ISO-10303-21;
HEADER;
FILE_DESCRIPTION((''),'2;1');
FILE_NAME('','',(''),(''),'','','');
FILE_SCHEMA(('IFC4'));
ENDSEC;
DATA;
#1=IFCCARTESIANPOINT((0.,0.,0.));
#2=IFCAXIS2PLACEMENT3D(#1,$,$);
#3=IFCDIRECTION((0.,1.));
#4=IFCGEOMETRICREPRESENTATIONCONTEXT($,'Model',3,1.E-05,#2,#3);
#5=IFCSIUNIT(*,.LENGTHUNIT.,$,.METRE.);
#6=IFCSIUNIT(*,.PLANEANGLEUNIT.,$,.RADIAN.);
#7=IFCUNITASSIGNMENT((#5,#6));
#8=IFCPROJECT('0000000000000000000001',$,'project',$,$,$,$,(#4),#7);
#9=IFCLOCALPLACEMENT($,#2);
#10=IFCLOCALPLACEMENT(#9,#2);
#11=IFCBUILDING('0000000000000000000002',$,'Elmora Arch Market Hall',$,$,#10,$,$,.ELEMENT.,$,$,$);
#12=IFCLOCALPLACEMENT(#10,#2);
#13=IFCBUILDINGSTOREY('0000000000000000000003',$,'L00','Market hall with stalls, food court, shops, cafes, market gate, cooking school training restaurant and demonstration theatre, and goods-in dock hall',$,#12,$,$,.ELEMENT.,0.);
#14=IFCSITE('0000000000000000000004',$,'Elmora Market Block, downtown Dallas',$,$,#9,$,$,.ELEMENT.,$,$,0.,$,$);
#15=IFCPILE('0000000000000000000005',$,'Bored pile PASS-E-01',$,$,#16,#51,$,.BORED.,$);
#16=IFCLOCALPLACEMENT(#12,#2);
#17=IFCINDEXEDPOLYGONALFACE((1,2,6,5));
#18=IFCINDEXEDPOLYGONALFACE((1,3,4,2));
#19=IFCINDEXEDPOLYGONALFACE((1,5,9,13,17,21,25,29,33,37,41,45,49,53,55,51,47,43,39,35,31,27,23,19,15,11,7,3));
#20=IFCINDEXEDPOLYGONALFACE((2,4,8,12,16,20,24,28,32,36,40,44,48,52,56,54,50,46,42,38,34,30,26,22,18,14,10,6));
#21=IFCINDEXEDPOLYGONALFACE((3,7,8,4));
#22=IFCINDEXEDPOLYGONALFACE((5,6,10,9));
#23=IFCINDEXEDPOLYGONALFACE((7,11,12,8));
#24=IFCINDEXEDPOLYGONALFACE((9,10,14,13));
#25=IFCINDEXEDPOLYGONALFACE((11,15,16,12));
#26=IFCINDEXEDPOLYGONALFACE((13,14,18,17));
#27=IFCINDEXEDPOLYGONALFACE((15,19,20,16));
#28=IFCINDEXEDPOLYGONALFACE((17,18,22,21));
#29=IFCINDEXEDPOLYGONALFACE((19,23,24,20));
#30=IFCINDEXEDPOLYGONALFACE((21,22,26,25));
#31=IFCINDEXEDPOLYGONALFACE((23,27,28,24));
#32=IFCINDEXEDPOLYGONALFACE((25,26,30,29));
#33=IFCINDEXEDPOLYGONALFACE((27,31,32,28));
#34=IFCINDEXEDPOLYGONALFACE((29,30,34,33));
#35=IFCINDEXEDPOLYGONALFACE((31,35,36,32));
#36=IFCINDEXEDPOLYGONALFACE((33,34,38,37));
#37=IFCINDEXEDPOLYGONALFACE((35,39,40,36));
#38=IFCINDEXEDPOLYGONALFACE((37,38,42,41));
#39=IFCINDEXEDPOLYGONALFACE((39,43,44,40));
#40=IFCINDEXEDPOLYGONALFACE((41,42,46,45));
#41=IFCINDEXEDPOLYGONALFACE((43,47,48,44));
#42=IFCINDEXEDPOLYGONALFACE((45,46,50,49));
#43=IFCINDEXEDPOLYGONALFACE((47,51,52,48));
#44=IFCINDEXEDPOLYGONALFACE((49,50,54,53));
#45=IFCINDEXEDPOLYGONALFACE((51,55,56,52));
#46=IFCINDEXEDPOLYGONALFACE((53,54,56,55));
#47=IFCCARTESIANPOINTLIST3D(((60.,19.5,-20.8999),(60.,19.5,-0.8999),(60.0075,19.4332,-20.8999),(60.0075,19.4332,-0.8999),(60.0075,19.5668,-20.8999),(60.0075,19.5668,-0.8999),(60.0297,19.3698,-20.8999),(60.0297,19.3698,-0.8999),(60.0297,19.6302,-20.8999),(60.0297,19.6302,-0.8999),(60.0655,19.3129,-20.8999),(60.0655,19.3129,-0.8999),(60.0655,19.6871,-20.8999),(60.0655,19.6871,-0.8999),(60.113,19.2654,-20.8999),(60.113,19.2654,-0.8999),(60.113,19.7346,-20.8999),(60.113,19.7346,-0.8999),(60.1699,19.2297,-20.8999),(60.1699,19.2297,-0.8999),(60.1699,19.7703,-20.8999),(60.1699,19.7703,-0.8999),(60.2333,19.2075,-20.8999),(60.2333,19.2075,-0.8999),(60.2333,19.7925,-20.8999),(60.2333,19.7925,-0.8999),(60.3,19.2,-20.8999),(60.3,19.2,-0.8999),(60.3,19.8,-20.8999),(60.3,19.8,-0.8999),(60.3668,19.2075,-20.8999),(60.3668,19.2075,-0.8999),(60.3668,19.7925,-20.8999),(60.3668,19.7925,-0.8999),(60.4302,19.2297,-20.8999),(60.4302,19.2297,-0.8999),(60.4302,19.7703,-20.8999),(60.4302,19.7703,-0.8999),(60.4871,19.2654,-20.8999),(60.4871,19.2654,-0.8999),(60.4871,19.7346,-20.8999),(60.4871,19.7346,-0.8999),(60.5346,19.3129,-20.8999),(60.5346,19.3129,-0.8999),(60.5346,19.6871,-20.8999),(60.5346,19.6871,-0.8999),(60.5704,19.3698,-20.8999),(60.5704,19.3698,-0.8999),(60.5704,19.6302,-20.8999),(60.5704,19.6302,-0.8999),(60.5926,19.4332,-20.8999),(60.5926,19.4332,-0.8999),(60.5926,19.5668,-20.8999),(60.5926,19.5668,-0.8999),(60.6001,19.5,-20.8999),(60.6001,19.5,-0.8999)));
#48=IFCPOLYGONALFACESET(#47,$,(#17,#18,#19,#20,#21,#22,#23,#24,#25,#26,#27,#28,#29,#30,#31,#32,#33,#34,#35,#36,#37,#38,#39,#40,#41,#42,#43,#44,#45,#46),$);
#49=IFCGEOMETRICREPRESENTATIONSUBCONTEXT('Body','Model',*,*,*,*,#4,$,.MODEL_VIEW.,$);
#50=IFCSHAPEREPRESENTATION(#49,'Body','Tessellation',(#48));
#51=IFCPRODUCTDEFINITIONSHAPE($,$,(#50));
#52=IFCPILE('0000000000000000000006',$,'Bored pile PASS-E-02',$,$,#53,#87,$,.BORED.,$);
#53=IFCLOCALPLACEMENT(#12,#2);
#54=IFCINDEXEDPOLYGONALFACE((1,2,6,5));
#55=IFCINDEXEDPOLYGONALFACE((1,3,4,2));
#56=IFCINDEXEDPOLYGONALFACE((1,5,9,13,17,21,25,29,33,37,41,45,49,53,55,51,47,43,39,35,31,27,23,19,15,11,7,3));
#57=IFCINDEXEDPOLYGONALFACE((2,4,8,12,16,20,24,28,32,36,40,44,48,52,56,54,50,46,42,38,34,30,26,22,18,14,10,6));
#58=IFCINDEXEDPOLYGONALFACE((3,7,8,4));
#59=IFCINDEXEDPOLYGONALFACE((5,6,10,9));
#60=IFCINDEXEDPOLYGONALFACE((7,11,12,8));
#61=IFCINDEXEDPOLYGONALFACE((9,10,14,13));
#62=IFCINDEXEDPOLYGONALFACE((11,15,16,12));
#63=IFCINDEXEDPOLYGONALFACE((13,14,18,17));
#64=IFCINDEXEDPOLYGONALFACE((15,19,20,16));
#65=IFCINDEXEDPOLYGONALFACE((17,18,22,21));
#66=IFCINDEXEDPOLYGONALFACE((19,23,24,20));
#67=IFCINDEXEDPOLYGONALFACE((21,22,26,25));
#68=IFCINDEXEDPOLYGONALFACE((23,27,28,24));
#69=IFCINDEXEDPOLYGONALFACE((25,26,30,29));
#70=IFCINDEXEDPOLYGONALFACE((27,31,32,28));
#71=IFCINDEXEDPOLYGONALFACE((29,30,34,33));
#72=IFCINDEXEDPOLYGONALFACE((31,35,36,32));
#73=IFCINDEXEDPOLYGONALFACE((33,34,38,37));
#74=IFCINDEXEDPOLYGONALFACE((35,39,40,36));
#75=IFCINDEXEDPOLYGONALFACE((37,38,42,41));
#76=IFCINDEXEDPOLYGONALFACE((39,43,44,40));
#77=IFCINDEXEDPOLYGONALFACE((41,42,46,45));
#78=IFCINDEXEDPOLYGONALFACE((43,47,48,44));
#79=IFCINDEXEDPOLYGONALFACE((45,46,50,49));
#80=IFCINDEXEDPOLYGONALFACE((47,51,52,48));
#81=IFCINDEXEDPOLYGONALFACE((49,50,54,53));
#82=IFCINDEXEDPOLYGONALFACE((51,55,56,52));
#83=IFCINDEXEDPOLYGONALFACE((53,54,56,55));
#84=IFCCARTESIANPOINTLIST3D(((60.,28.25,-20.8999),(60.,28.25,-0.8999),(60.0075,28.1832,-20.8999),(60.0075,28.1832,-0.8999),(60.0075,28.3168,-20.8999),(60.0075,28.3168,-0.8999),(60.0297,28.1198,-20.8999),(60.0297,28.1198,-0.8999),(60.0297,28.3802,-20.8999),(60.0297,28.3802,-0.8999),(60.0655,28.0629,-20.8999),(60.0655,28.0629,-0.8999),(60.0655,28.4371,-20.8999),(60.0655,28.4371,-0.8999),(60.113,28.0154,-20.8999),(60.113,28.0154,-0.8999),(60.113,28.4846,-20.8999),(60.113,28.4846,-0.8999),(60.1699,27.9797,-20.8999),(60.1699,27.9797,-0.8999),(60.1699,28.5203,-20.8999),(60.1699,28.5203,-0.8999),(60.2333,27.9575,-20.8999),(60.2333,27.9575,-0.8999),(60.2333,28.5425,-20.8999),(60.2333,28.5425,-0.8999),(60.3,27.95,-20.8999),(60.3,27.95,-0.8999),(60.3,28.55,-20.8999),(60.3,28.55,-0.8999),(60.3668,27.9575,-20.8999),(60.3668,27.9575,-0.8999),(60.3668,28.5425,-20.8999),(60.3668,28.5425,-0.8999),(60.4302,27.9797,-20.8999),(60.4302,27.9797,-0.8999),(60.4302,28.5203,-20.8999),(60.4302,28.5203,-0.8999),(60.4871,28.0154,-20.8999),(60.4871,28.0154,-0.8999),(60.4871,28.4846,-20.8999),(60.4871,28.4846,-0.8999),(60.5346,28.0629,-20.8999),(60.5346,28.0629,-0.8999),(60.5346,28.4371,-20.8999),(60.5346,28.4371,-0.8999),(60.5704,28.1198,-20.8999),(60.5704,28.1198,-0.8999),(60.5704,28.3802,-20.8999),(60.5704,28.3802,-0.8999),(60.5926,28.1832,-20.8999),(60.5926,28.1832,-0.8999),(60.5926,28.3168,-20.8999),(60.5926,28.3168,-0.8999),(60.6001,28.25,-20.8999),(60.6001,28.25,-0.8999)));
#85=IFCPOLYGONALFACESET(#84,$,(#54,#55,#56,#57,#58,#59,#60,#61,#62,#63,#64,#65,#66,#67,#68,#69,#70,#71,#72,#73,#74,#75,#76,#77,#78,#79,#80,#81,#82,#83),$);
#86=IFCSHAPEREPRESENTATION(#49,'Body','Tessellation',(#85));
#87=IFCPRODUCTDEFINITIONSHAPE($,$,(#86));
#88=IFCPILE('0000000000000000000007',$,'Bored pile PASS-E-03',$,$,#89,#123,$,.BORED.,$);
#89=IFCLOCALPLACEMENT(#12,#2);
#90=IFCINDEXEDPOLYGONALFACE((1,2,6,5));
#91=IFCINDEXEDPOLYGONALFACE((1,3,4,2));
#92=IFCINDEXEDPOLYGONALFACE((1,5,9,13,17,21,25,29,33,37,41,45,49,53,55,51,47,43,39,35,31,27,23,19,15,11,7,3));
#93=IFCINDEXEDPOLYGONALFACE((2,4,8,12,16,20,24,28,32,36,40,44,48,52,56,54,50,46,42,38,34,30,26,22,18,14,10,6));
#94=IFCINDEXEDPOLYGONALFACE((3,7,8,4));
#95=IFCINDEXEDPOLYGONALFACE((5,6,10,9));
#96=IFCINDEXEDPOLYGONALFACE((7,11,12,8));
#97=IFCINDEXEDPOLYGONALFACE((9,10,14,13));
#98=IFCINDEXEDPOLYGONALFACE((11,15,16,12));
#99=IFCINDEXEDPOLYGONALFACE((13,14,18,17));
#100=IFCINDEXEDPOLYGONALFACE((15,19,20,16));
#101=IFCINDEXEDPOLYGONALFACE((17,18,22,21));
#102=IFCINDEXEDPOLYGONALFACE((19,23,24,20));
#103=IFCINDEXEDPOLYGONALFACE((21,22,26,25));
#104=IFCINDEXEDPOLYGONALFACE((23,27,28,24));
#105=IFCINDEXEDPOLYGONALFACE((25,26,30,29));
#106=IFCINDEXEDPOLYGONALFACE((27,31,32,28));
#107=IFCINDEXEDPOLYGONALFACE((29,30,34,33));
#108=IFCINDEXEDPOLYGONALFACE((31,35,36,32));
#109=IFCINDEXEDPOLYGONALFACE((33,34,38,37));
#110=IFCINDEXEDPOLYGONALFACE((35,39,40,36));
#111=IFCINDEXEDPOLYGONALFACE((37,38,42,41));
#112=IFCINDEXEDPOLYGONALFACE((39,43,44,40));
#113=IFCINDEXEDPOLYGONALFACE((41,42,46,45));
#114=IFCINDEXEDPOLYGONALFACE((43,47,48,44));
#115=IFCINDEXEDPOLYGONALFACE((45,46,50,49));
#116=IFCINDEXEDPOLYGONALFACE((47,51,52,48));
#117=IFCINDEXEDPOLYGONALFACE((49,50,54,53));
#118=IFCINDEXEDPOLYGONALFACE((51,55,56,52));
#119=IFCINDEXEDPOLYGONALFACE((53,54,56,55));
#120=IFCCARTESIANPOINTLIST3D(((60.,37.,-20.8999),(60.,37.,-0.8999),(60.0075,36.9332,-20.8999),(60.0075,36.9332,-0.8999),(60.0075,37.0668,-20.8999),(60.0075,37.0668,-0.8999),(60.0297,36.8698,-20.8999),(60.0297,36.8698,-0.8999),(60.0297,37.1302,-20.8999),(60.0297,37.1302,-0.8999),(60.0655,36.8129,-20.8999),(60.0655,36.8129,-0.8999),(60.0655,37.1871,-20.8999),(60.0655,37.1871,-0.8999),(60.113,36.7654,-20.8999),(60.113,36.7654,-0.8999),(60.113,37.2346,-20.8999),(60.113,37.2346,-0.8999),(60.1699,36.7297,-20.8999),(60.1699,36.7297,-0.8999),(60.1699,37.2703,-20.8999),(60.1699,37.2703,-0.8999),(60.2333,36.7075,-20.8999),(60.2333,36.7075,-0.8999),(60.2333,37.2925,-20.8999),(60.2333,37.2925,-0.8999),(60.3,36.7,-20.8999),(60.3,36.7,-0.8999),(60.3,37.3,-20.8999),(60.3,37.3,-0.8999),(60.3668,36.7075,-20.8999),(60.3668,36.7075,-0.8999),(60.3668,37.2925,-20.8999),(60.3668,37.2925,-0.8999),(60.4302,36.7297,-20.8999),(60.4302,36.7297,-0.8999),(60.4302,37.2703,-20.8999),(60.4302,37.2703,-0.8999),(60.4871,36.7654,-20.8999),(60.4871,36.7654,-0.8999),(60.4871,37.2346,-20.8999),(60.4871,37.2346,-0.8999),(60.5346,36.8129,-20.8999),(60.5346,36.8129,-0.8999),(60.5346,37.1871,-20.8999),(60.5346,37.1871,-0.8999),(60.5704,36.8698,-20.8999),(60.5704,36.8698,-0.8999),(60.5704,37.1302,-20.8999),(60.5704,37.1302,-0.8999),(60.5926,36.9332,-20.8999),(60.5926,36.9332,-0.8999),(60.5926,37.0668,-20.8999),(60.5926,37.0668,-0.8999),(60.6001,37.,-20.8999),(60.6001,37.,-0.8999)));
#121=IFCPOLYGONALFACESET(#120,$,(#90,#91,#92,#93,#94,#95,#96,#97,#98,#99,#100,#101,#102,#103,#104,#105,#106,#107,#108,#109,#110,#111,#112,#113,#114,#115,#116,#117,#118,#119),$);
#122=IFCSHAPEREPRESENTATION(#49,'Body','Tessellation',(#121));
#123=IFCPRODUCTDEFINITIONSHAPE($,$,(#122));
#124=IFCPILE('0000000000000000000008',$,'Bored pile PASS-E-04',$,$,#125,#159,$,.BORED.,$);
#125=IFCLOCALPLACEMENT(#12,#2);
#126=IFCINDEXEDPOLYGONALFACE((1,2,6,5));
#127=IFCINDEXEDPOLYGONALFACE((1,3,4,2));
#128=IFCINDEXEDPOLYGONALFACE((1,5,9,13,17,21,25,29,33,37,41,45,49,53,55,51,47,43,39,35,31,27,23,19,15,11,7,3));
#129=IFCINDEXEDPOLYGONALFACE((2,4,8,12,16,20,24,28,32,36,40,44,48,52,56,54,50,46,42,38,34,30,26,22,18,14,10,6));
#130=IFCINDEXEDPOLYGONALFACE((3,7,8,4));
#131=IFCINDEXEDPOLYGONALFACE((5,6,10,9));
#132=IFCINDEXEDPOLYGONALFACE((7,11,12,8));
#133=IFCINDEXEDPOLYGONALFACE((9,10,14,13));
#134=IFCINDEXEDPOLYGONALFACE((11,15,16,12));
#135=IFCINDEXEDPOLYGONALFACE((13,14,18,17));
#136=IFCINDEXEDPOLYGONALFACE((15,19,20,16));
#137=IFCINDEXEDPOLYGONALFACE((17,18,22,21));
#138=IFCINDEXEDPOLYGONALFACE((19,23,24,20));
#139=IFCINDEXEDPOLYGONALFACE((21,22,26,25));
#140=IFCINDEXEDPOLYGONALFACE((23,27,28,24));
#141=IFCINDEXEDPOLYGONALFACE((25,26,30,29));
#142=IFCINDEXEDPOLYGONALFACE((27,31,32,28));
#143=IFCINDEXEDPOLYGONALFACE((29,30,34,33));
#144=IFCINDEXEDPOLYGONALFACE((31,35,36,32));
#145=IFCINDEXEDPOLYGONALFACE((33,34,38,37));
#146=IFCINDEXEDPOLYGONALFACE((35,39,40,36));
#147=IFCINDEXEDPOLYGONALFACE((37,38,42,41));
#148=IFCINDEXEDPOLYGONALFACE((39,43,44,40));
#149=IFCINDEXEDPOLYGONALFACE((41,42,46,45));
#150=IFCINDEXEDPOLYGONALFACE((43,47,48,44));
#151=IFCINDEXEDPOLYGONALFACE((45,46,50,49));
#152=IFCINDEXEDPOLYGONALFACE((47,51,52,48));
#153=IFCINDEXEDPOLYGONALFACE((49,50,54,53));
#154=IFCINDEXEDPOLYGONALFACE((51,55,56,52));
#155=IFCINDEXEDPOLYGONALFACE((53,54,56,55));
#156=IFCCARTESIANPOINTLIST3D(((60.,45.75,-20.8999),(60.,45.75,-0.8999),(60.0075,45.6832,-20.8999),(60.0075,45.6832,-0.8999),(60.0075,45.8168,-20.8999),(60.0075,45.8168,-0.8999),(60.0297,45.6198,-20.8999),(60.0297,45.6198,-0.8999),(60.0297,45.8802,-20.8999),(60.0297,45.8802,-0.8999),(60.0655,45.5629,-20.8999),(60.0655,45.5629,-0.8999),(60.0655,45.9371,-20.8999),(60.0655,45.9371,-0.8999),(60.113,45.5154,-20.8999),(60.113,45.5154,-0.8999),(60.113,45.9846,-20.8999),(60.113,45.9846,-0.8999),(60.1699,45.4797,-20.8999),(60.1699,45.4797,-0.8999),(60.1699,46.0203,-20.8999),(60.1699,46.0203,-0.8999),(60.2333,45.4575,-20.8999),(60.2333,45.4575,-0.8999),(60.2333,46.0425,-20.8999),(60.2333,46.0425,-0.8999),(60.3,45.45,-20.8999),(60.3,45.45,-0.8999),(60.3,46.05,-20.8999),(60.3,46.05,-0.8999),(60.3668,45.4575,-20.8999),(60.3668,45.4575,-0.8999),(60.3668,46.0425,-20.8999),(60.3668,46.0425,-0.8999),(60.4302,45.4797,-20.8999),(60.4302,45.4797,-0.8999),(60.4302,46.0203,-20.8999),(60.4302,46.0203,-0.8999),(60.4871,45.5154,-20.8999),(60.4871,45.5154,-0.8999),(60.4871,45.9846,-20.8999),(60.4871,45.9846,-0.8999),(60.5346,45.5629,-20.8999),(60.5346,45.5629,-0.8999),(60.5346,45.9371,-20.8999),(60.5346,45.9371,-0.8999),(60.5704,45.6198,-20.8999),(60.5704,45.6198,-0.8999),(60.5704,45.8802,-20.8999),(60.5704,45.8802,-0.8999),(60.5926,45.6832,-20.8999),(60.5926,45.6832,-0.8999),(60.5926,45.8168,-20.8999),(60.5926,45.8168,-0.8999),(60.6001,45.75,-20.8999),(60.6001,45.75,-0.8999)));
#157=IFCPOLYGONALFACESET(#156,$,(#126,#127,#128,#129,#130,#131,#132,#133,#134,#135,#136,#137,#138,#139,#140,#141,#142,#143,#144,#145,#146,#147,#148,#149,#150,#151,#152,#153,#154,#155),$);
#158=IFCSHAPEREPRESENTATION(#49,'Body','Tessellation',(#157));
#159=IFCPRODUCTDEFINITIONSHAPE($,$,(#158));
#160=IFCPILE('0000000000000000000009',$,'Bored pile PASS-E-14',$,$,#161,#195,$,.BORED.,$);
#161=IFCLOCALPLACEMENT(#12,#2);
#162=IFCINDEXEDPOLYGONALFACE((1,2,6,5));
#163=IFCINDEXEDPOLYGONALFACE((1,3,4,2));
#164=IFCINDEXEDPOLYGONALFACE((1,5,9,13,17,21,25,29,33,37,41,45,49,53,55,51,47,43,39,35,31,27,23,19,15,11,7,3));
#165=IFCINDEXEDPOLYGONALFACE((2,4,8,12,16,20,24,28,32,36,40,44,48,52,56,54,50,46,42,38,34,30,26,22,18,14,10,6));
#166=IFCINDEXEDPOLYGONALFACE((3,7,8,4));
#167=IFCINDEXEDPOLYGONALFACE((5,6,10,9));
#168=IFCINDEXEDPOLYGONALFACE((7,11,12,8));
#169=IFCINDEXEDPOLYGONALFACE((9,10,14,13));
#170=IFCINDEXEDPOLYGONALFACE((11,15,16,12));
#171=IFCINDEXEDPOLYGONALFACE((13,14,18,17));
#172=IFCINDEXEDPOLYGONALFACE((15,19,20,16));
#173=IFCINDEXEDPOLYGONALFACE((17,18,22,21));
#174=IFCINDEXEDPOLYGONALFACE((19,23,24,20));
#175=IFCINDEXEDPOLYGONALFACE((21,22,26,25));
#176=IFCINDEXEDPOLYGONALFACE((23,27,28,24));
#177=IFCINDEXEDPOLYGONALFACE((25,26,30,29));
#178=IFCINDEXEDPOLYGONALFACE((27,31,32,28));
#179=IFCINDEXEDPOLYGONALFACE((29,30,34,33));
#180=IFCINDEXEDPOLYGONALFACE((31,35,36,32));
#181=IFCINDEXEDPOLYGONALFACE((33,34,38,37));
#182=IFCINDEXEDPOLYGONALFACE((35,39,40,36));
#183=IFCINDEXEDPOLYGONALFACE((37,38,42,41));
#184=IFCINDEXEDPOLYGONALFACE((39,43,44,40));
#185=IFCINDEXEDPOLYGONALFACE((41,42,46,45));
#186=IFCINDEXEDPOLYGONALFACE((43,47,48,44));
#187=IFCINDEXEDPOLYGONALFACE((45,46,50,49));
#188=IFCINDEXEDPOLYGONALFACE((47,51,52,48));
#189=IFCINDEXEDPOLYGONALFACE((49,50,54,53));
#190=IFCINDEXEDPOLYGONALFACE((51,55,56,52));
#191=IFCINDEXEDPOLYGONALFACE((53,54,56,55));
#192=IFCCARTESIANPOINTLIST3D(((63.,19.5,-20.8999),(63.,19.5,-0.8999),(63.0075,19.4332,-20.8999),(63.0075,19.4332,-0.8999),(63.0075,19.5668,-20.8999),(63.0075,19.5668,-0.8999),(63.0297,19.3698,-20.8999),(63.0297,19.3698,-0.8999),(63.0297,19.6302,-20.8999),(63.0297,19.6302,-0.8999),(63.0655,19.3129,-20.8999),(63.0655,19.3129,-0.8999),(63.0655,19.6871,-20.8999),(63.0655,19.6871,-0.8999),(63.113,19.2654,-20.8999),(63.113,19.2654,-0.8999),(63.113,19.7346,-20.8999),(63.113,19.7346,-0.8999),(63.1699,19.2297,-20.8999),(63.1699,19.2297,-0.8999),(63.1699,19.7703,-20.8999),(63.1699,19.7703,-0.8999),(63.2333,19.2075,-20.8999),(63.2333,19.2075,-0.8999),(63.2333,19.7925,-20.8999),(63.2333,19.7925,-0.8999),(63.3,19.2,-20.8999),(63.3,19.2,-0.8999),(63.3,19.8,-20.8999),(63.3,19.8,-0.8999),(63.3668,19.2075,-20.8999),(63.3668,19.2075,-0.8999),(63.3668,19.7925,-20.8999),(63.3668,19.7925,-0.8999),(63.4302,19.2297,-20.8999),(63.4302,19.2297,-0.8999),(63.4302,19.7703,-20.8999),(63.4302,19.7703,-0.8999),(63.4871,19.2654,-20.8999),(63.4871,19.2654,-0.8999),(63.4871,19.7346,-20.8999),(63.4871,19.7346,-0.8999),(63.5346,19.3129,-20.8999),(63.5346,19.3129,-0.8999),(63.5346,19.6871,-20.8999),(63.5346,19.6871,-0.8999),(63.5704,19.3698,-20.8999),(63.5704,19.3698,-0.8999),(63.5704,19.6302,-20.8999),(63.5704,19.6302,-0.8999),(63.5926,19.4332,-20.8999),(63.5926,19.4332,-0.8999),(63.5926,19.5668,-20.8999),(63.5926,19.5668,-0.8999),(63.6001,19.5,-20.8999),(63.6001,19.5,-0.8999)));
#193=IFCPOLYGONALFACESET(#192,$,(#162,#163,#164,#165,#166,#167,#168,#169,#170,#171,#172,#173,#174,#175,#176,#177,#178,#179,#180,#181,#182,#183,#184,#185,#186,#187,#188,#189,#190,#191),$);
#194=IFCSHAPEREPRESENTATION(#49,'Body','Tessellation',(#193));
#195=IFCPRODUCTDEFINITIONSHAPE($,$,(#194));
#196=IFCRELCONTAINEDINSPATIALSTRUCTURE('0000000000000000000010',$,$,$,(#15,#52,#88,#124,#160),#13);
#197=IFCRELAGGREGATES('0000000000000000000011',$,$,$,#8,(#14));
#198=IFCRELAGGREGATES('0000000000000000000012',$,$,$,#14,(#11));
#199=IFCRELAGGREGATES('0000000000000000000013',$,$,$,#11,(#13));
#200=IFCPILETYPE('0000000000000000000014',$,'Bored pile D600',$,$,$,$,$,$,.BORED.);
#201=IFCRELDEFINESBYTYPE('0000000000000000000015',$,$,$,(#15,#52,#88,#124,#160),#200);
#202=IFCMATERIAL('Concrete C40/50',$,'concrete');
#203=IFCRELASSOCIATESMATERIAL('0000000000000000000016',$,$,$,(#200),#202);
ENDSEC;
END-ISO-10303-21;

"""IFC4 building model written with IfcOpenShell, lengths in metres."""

from ifc_helpers import new_model, si_unit, direction, frame, origin, origin_2d, place, context, subcontext, project, spatial, circle, extrude, material, material_profile, profile_set, type_object, element, save


model = new_model("IFC4")

# Units and contexts
model_context = context("Model", 3, precision=1e-05, world=origin(), true_north=direction((0.0, 1.0)))
body_context = subcontext(model_context, "Body", "Model", "MODEL_VIEW")
ifc_project = project(units=[si_unit("LENGTHUNIT", "METRE"), si_unit("PLANEANGLEUNIT", "RADIAN")], contexts=[model_context])

# Site, building, storey
site_placement = place(None, origin())
site = spatial("IfcSite", under=ifc_project, at=site_placement, Name="Elmora Market Block, downtown Dallas", CompositionType="ELEMENT", RefElevation=0.0)
building_placement = place(site_placement, origin())
building = spatial("IfcBuilding", under=site, at=building_placement, Name="Elmora Arch Market Hall", CompositionType="ELEMENT")
storey_placement = place(building_placement, origin())
storey = spatial("IfcBuildingStorey", under=building, at=storey_placement, Name="L00", Description="Market hall with stalls, food court, shops, cafes, market gate, cooking school training restaurant and demonstration theatre, and goods-in dock hall", CompositionType="ELEMENT", Elevation=0.0)

# Piles
ifc_material_1 = material(Name="Concrete C40/50", Category="concrete")
ifc_material_profile_1 = material_profile(ifc_material_1, circle(Radius=0.3, at=origin_2d()), Name="Bored pile D600")
ifc_profile_set_1 = profile_set([ifc_material_profile_1], Name="Concrete C40/50")
pile_type = type_object("IfcPileType", Name="Bored pile D600", PredefinedType="BORED", material=ifc_profile_set_1)
for number, where, z_axis, x_axis, name in (
    (1, (60.3, 19.5, -0.8999), (0.0, 0.0, -1.0), (1.0, 0.0, 0.0), "Bored pile PASS-E-01"),
    (2, (60.3, 28.25, -0.8999), (0.0, 0.0, -1.0), (1.0, 0.0, 0.0), "Bored pile PASS-E-02"),
    (3, (60.3, 37.0, -0.8999), (0.0, 0.0, -1.0), (1.0, 0.0, 0.0), "Bored pile PASS-E-03"),
    (4, (60.3, 45.75, -0.8999), (0.0, 0.0, -1.0), (1.0, 0.0, 0.0), "Bored pile PASS-E-04"),
    (5, (63.3, 19.5, -0.8999), (0.0, 0.0, -1.0), (1.0, 0.0, 0.0), "Bored pile PASS-E-14"),
):
    element("IfcPile", number, at=place(storey_placement, frame(where, z_axis=z_axis, x_axis=x_axis)), inside=storey, type_object=pile_type, Name=name, PredefinedType="BORED", context=body_context, shape_type="SweptSolid", body=[
        extrude(circle(Radius=0.3, at=origin_2d()), origin(), (0.0, 0.0, 1.0), 20.0),
    ])

save(model, "model.ifc")
